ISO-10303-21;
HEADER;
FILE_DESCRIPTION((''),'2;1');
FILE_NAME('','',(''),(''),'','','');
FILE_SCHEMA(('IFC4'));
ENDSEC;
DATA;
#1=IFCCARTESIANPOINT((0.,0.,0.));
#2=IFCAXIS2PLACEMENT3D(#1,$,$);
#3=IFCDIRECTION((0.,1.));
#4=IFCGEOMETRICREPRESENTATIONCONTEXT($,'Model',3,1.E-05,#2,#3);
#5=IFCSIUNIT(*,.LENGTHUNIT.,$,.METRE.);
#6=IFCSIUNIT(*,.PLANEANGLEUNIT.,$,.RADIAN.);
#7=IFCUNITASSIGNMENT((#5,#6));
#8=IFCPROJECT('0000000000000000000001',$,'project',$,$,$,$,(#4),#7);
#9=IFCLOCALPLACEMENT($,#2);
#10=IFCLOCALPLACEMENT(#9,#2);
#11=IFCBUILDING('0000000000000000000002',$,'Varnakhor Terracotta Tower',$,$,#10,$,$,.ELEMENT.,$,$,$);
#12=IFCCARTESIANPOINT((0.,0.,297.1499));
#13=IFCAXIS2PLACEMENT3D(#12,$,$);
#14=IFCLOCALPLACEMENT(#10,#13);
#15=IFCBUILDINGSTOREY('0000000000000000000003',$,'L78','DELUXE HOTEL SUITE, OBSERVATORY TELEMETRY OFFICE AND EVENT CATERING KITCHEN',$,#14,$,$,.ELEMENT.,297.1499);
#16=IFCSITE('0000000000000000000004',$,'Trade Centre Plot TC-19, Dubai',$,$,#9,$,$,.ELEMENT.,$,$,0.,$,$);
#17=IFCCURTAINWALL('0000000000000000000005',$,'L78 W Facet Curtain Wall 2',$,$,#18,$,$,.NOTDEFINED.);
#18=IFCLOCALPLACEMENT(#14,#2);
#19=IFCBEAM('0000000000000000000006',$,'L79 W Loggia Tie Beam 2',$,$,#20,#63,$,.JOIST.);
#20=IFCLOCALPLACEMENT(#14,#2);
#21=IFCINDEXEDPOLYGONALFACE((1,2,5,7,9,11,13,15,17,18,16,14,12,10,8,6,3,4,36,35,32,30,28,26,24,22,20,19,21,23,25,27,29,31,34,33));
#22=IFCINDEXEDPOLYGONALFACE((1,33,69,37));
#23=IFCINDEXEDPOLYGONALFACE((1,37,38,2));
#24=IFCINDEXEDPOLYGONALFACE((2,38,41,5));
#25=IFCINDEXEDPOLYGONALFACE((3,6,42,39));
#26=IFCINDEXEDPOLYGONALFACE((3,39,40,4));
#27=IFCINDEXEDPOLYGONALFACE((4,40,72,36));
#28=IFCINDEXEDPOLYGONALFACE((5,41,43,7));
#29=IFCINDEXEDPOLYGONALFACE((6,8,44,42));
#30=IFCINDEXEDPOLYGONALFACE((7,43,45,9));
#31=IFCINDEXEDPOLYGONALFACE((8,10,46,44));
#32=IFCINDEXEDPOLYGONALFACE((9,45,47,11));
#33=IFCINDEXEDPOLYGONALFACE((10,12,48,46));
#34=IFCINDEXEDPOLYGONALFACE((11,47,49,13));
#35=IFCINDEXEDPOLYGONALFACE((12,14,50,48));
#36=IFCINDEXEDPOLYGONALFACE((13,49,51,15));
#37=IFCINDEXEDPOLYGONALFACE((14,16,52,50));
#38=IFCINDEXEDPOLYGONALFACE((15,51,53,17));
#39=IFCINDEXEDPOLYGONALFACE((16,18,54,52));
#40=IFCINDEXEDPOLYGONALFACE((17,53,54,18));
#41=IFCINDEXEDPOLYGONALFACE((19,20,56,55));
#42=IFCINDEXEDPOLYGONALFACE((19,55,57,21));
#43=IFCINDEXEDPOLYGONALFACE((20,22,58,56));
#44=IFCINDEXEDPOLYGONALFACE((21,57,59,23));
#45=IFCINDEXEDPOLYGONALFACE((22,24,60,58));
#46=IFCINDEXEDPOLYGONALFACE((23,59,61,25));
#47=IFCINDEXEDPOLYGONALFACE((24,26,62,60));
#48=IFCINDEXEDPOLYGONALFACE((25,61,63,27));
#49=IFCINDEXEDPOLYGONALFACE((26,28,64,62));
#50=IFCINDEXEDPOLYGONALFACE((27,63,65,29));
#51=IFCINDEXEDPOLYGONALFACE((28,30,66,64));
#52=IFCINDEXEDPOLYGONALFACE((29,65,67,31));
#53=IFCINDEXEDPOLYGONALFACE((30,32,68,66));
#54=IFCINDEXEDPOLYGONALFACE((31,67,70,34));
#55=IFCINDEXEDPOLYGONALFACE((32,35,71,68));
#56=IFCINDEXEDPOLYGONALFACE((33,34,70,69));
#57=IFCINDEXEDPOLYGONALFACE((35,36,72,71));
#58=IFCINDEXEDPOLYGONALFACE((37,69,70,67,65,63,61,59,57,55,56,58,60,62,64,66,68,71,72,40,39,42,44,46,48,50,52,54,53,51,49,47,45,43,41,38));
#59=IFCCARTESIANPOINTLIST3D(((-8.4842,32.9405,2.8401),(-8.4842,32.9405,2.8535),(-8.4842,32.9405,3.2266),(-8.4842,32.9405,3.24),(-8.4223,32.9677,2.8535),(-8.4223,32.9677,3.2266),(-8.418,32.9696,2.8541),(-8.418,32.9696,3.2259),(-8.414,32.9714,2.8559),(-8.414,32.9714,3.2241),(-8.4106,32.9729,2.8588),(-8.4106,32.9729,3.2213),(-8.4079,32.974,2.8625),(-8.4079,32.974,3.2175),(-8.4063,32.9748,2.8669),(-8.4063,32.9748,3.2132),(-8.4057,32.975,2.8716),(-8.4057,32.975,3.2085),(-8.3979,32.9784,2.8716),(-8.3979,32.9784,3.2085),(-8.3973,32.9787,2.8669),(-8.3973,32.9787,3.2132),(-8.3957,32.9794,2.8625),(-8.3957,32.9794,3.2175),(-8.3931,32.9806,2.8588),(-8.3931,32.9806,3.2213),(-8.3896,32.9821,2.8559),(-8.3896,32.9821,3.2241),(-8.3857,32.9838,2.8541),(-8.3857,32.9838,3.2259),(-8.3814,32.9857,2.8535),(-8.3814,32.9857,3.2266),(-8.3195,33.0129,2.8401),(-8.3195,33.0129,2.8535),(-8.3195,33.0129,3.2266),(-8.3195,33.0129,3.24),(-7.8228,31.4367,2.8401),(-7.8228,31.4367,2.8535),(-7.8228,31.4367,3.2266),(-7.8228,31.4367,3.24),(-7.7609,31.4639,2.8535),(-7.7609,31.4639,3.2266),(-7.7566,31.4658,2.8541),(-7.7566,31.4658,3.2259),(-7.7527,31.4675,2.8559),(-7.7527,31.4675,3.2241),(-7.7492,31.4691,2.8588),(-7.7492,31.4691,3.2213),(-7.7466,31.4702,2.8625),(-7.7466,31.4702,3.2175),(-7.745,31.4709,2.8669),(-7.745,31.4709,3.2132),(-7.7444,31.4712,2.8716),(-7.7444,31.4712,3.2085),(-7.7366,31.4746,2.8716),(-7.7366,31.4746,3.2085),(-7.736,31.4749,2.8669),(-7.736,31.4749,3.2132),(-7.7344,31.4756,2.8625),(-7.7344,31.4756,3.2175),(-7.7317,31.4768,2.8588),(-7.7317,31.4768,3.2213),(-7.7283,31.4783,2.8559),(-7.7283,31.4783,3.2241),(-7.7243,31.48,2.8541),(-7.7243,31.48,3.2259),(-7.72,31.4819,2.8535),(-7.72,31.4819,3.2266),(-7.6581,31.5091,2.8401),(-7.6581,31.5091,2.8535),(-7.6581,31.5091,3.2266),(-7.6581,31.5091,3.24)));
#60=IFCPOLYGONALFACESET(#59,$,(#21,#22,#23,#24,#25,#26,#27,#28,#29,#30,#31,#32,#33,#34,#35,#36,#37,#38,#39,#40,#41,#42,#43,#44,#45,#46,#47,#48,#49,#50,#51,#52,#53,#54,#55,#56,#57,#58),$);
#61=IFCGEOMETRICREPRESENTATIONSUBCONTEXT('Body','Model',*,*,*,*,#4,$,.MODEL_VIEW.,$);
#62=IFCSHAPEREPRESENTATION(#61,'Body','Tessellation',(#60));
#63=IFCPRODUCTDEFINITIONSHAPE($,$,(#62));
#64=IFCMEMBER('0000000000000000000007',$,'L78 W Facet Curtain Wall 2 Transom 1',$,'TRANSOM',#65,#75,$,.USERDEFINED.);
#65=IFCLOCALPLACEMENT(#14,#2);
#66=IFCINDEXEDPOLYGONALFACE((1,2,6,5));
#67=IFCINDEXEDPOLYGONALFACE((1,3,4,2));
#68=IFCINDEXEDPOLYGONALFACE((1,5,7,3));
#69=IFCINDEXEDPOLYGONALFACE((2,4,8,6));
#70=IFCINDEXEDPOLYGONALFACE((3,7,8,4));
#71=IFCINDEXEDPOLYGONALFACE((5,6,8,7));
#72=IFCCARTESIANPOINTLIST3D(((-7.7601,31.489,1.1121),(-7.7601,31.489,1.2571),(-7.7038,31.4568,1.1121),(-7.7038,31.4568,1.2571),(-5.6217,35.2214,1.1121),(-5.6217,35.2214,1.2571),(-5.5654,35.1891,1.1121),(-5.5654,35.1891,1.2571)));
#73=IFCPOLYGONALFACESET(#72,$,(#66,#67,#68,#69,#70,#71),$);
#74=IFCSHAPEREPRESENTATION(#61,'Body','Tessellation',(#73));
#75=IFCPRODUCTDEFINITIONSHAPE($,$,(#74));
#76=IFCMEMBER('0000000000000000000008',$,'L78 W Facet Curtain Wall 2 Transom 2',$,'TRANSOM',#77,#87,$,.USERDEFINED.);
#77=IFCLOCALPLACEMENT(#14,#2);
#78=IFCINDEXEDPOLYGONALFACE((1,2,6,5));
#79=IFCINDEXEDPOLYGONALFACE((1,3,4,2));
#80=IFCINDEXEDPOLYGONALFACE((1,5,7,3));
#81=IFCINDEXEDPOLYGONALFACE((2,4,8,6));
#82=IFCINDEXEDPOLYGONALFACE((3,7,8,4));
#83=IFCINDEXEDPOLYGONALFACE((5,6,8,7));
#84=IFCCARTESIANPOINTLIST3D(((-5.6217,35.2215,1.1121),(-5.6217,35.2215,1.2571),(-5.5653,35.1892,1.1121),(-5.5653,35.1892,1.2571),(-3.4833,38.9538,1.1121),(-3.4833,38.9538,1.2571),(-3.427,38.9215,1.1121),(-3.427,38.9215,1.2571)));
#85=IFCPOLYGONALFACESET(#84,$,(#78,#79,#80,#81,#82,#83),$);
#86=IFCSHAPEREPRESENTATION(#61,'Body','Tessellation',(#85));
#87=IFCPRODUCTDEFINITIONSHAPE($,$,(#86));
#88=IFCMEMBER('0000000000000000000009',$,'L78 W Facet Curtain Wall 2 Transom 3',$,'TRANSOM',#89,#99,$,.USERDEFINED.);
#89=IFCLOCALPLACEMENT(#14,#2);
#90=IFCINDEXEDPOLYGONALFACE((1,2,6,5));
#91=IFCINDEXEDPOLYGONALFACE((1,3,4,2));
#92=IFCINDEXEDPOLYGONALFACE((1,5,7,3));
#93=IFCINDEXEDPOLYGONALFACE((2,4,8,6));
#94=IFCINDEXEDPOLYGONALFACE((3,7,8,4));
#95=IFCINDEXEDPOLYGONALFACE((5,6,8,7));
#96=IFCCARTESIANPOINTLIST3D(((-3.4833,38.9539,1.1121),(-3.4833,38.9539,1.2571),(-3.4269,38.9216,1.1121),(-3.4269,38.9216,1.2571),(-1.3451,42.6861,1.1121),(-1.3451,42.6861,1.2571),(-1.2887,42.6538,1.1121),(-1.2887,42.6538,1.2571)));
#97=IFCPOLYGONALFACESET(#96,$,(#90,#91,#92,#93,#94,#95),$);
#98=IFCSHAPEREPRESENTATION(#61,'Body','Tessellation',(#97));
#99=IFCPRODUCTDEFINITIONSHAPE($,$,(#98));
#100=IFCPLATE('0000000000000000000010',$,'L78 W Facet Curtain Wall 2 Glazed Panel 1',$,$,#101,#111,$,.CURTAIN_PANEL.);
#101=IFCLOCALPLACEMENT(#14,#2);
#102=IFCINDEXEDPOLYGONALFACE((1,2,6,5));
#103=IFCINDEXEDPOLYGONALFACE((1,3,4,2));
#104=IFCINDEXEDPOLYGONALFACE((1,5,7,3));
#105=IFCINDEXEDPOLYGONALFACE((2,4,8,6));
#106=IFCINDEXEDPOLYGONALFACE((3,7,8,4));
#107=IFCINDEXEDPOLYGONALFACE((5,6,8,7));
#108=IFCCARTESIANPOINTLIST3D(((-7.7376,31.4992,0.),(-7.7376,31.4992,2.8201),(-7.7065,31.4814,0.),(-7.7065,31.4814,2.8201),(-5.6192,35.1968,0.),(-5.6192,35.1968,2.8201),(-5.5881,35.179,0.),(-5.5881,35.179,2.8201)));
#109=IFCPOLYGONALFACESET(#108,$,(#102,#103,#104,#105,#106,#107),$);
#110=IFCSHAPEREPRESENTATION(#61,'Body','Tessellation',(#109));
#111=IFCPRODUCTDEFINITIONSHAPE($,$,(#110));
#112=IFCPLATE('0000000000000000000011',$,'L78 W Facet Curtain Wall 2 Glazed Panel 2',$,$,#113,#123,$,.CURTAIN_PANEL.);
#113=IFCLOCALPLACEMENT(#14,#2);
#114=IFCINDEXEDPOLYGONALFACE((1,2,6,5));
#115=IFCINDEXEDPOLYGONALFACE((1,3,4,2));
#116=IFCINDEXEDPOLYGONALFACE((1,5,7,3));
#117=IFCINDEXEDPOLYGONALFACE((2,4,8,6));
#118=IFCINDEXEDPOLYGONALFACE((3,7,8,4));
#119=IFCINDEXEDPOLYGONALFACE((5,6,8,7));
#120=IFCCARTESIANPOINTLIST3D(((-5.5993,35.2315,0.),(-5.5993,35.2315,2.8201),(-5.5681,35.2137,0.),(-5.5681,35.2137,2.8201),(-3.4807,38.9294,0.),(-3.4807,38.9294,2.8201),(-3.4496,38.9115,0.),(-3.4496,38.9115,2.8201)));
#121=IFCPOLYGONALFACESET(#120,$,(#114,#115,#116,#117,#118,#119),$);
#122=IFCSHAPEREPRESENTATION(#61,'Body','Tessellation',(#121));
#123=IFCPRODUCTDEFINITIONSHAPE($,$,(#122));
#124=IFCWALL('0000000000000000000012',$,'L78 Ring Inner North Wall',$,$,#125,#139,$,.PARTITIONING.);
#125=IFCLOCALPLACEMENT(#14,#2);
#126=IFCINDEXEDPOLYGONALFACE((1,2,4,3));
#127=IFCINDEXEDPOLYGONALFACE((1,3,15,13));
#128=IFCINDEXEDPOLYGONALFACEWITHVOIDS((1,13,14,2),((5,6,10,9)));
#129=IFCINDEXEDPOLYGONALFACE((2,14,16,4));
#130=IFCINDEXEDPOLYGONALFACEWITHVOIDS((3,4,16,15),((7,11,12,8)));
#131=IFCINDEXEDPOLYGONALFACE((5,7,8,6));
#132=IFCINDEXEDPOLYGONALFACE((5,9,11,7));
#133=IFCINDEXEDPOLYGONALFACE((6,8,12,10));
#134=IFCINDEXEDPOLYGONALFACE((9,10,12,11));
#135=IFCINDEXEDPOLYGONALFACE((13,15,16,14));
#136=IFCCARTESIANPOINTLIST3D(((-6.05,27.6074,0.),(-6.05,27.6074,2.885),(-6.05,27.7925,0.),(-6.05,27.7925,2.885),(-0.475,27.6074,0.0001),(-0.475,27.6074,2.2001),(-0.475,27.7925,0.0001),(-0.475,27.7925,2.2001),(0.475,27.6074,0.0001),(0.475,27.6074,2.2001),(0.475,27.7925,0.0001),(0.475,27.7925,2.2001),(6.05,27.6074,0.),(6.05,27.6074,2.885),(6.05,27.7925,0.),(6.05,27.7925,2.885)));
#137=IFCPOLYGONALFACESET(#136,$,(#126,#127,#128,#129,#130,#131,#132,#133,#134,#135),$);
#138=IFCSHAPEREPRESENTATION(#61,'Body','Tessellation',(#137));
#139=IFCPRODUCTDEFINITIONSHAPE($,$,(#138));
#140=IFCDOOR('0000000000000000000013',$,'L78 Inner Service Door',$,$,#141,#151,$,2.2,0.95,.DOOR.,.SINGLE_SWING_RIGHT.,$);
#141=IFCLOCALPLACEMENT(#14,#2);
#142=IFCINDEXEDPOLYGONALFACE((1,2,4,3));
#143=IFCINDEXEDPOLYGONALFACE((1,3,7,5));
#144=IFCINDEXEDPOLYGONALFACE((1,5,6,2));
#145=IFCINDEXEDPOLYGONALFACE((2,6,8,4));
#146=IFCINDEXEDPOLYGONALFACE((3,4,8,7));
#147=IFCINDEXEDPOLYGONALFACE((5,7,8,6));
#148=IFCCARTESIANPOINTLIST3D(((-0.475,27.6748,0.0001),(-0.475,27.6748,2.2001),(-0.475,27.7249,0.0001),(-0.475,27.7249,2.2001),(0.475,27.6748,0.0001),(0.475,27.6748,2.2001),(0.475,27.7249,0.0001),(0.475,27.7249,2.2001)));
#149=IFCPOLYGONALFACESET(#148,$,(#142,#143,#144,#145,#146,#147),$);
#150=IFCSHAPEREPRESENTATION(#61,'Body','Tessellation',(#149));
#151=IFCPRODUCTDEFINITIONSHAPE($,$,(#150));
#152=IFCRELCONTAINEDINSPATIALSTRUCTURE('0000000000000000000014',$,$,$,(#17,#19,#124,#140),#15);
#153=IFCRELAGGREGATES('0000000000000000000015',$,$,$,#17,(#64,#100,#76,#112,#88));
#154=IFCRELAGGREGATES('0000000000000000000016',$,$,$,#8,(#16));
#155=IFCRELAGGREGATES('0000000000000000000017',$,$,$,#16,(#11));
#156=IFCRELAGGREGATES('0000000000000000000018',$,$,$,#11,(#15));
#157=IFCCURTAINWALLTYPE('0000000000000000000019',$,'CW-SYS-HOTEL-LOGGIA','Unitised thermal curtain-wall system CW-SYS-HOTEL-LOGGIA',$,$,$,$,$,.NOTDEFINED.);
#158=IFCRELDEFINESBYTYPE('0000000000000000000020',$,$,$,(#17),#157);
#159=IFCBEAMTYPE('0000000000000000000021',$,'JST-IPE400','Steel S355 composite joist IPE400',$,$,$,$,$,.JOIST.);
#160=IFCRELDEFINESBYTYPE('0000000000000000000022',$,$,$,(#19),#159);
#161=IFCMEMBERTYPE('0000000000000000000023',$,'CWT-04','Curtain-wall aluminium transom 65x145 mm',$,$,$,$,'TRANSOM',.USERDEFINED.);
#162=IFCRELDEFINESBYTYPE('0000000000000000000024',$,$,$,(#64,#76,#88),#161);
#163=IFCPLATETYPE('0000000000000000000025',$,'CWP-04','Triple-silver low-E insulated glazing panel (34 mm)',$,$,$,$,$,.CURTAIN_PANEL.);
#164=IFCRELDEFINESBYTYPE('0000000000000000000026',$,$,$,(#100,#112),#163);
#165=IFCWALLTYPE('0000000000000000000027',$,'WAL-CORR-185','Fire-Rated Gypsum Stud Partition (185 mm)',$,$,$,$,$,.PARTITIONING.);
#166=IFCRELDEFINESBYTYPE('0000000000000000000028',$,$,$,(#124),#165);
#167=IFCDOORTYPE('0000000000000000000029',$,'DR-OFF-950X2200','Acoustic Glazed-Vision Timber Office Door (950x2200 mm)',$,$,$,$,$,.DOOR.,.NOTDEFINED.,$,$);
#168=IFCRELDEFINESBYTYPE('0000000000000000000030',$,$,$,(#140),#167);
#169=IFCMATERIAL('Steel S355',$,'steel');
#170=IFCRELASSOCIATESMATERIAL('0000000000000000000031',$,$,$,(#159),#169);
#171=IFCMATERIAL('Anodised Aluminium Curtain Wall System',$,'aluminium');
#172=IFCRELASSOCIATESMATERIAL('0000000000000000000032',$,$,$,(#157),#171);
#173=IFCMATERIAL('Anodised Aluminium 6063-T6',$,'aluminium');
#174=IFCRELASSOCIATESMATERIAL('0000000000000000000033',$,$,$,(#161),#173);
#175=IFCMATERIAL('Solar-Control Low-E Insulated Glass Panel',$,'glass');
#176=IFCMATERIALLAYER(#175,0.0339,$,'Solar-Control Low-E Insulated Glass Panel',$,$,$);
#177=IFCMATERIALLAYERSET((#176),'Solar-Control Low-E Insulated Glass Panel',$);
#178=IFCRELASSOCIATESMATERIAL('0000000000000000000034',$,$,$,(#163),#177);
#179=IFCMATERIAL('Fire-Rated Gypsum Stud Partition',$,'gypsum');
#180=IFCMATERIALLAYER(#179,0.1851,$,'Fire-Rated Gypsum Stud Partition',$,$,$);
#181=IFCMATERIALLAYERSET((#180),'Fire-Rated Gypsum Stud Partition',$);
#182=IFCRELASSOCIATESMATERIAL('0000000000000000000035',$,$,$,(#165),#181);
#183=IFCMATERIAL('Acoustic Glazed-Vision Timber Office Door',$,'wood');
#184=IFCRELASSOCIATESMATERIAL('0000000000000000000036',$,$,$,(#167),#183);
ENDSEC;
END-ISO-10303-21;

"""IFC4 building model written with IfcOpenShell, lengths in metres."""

from ifc_helpers import new_model, si_unit, direction, frame, frame_2d, origin, origin_2d, place, context, subcontext, project, spatial, rectangle, i_section, extrude, source, transform, mapped, material, layer, layer_set, material_profile, profile_set, type_object, type_shapes, element, fill, aggregate, save


model = new_model("IFC4")

# Units and contexts
model_context = context("Model", 3, precision=1e-05, world=origin(), true_north=direction((0.0, 1.0)))
body_context = subcontext(model_context, "Body", "Model", "MODEL_VIEW")
ifc_project = project(units=[si_unit("LENGTHUNIT", "METRE"), si_unit("PLANEANGLEUNIT", "RADIAN")], contexts=[model_context])

# Site, building, storey
site_placement = place(None, origin())
site = spatial("IfcSite", under=ifc_project, at=site_placement, Name="Trade Centre Plot TC-19, Dubai", CompositionType="ELEMENT", RefElevation=0.0)
building_placement = place(site_placement, origin())
building = spatial("IfcBuilding", under=site, at=building_placement, Name="Varnakhor Terracotta Tower", CompositionType="ELEMENT")
storey_placement = place(building_placement, frame((0.0, 0.0, 297.1499)))
storey = spatial("IfcBuildingStorey", under=building, at=storey_placement, Name="L78", Description="DELUXE HOTEL SUITE, OBSERVATORY TELEMETRY OFFICE AND EVENT CATERING KITCHEN", CompositionType="ELEMENT", Elevation=297.1499)

# Shared definitions
ifc_material_1 = material(Name="Steel S355", Category="steel")
ifc_material_profile_1 = material_profile(ifc_material_1, i_section(OverallWidth=0.1799, OverallDepth=0.3999, WebThickness=0.0085, FlangeThickness=0.0134, FilletRadius=0.0181, at=origin_2d()), Name="IPE400")
ifc_profile_set_1 = profile_set([ifc_material_profile_1], Name="Steel S355")
beam_type_1 = type_object("IfcBeamType", Name="JST-IPE400", Description="Steel S355 composite joist IPE400", PredefinedType="JOIST", material=ifc_profile_set_1)

# Curtain wall
ifc_material_2 = material(Name="Anodised Aluminium Curtain Wall System", Category="aluminium")
curtain_wall_type = type_object("IfcCurtainWallType", Name="CW-SYS-HOTEL-LOGGIA", Description="Unitised thermal curtain-wall system CW-SYS-HOTEL-LOGGIA", PredefinedType="NOTDEFINED", material=ifc_material_2)
curtain_wall_placement = place(storey_placement, origin())
curtain_wall = element("IfcCurtainWall", 1, at=curtain_wall_placement, inside=storey, type_object=curtain_wall_type, Name="L78 W Facet Curtain Wall 2", PredefinedType="NOTDEFINED")
ifc_material_3 = material(Name="Anodised Aluminium 6063-T6", Category="aluminium")

# Beam
shared_shape_1 = source(origin(), body_context, "Body", "SweptSolid", [
    extrude(i_section(OverallWidth=0.1799, OverallDepth=0.3999, WebThickness=0.0085, FlangeThickness=0.0134, FilletRadius=0.0181, at=origin_2d()), origin(), (0.0, 0.0, 1.0), 1.6428),
])
beam_1_placement = place(storey_placement, frame((-7.7405, 31.4729, 3.04), z_axis=(-0.402564, 0.915392, 0.0), x_axis=(-0.915392, -0.402564, 0.0)))
element("IfcBeam", 2, at=beam_1_placement, inside=storey, type_object=beam_type_1, Name="L79 W Loggia Tie Beam 2", PredefinedType="JOIST", context=body_context, shape_type="MappedRepresentation", body=[
    mapped(shared_shape_1, transform((0.0, 0.0, 0.0), scale=1.0)),
])

# Members
ifc_material_profile_2 = material_profile(ifc_material_3, rectangle(XDim=0.0649, YDim=0.145, at=origin_2d()), Name="ALU TRANSOM 65x145")
ifc_profile_set_2 = profile_set([ifc_material_profile_2], Name="Anodised Aluminium 6063-T6")
member_type_1 = type_object("IfcMemberType", Name="CWT-04", Description="Curtain-wall aluminium transom 65x145 mm", ElementType="TRANSOM", PredefinedType="USERDEFINED", material=ifc_profile_set_2)
shared_shape_2 = source(origin(), body_context, "Body", "SweptSolid", [
    extrude(rectangle(XDim=0.0649, YDim=0.145, at=origin_2d()), origin(), (0.0, 0.0, 1.0), 4.3015),
])
member_1_placement = place(storey_placement, frame((-7.7319, 31.4729, 1.1846), z_axis=(0.497123, 0.86768, 0.0), x_axis=(-0.86768, 0.497123, 0.0)))
member_1 = element("IfcMember", 3, at=member_1_placement, type_object=member_type_1, Name="L78 W Facet Curtain Wall 2 Transom 1", ObjectType="TRANSOM", PredefinedType="USERDEFINED", context=body_context, shape_type="MappedRepresentation", body=[
    mapped(shared_shape_2, transform((0.0, 0.0, 0.0), scale=1.0)),
])
member_2_placement = place(storey_placement, frame((-5.5935, 35.2053, 1.1846), z_axis=(0.497123, 0.86768, 0.0), x_axis=(-0.86768, 0.497123, 0.0)))
member_2 = element("IfcMember", 4, at=member_2_placement, type_object=member_type_1, Name="L78 W Facet Curtain Wall 2 Transom 2", ObjectType="TRANSOM", PredefinedType="USERDEFINED", context=body_context, shape_type="MappedRepresentation", body=[
    mapped(shared_shape_2, transform((0.0, 0.0, 0.0), scale=1.0)),
])
shared_shape_3 = source(origin(), body_context, "Body", "SweptSolid", [
    extrude(rectangle(XDim=0.0649, YDim=0.145, at=origin_2d()), origin(), (0.0, 0.0, 1.0), 4.3013),
])
member_3_placement = place(storey_placement, frame((-3.4551, 38.9377, 1.1846), z_axis=(0.497104, 0.867691, 0.0), x_axis=(-0.867691, 0.497104, 0.0)))
member_3 = element("IfcMember", 5, at=member_3_placement, type_object=member_type_1, Name="L78 W Facet Curtain Wall 2 Transom 3", ObjectType="TRANSOM", PredefinedType="USERDEFINED", context=body_context, shape_type="MappedRepresentation", body=[
    mapped(shared_shape_3, transform((0.0, 0.0, 0.0), scale=1.0)),
])

# Plates
ifc_material_4 = material(Name="Solar-Control Low-E Insulated Glass Panel", Category="glass")
ifc_layer_1 = layer(ifc_material_4, 0.0339, Name="Solar-Control Low-E Insulated Glass Panel")
ifc_layer_set_1 = layer_set([ifc_layer_1], Name="Solar-Control Low-E Insulated Glass Panel")
plate_type = type_object("IfcPlateType", Name="CWP-04", Description="Triple-silver low-E insulated glazing panel (34 mm)", PredefinedType="CURTAIN_PANEL", material=ifc_layer_set_1)
shared_shape_4 = source(origin(), body_context, "Body", "SweptSolid", [
    extrude(rectangle(XDim=4.2615, YDim=0.0359, at=origin_2d()), origin(), (0.0, 0.0, 1.0), 2.8201),
])
plate_1_placement = place(storey_placement, frame((-6.6628, 33.3391, 0.0), z_axis=(0.0, 0.0, 1.0), x_axis=(0.49711, 0.867687, 0.0)))
plate_1 = element("IfcPlate", 6, at=plate_1_placement, type_object=plate_type, Name="L78 W Facet Curtain Wall 2 Glazed Panel 1", PredefinedType="CURTAIN_PANEL", context=body_context, shape_type="MappedRepresentation", body=[
    mapped(shared_shape_4, transform((0.0, 0.0, 0.0), scale=1.0)),
])
shared_shape_5 = source(origin(), body_context, "Body", "SweptSolid", [
    extrude(rectangle(XDim=4.2617, YDim=0.0359, at=origin_2d()), origin(), (0.0, 0.0, 1.0), 2.8201),
])
plate_2_placement = place(storey_placement, frame((-4.5244, 37.0715, 0.0), z_axis=(0.0, 0.0, 1.0), x_axis=(0.49711, 0.867687, 0.0)))
plate_2 = element("IfcPlate", 7, at=plate_2_placement, type_object=plate_type, Name="L78 W Facet Curtain Wall 2 Glazed Panel 2", PredefinedType="CURTAIN_PANEL", context=body_context, shape_type="MappedRepresentation", body=[
    mapped(shared_shape_5, transform((0.0, 0.0, 0.0), scale=1.0)),
])
aggregate(curtain_wall, [member_1, plate_1, member_2, plate_2, member_3])

# Wall, opening, door
ifc_material_5 = material(Name="Fire-Rated Gypsum Stud Partition", Category="gypsum")
ifc_layer_2 = layer(ifc_material_5, 0.1851, Name="Fire-Rated Gypsum Stud Partition")
ifc_layer_set_2 = layer_set([ifc_layer_2], Name="Fire-Rated Gypsum Stud Partition")
wall_type_1 = type_object("IfcWallType", Name="WAL-CORR-185", Description="Fire-Rated Gypsum Stud Partition (185 mm)", PredefinedType="PARTITIONING", material=ifc_layer_set_2)
wall_1_placement = place(storey_placement, frame((-6.05, 27.7, 0.0), z_axis=(0.0, 0.0, 1.0), x_axis=(1.0, 0.0, 0.0)))
wall_1 = element("IfcWall", 8, at=wall_1_placement, inside=storey, type_object=wall_type_1, Name="L78 Ring Inner North Wall", PredefinedType="PARTITIONING", context=body_context, shape_type="SweptSolid", body=[
    extrude(rectangle(XDim=12.1001, YDim=0.1851, at=frame_2d((6.05, 0.0))), origin(), (0.0, 0.0, 1.0), 2.885),
])
opening_1_placement = place(wall_1_placement, frame((5.575, 0.0, 0.0)))
opening_1 = element("IfcOpeningElement", 9, at=opening_1_placement, cuts=wall_1, PredefinedType="OPENING", context=body_context, shape_type="SweptSolid", body=[
    extrude(rectangle(XDim=0.95, YDim=2.2, at=frame_2d((0.4751, 1.1001))), frame((0.0, 0.1025, 0.0), z_axis=(0.0, -1.0, 0.0), x_axis=(1.0, 0.0, 0.0)), (0.0, 0.0, 1.0), 0.2051),
])
ifc_material_6 = material(Name="Acoustic Glazed-Vision Timber Office Door", Category="wood")
door_type_1 = type_object("IfcDoorType", Name="DR-OFF-950X2200", Description="Acoustic Glazed-Vision Timber Office Door (950x2200 mm)", OperationType="NOTDEFINED", PredefinedType="DOOR", material=ifc_material_6)
shared_shape_6 = source(origin(), body_context, "Body", "SweptSolid", [
    extrude(rectangle(XDim=0.95, YDim=2.2, at=frame_2d((0.4751, 1.1001))), frame((0.0, 0.0249, 0.0), z_axis=(0.0, -1.0, 0.0), x_axis=(1.0, 0.0, 0.0)), (0.0, 0.0, 1.0), 0.05),
])
type_shapes(door_type_1, [shared_shape_6])
door_1_placement = place(opening_1_placement, origin())
door_1 = element("IfcDoor", 10, at=door_1_placement, inside=storey, type_object=door_type_1, Name="L78 Inner Service Door", OperationType="SINGLE_SWING_RIGHT", OverallHeight=2.2, OverallWidth=0.95, PredefinedType="DOOR", context=body_context, shape_type="MappedRepresentation", body=[
    mapped(shared_shape_6, transform((0.0, 0.0, 0.0), scale=1.0)),
])
fill(opening_1, door_1)

save(model, "model.ifc")
